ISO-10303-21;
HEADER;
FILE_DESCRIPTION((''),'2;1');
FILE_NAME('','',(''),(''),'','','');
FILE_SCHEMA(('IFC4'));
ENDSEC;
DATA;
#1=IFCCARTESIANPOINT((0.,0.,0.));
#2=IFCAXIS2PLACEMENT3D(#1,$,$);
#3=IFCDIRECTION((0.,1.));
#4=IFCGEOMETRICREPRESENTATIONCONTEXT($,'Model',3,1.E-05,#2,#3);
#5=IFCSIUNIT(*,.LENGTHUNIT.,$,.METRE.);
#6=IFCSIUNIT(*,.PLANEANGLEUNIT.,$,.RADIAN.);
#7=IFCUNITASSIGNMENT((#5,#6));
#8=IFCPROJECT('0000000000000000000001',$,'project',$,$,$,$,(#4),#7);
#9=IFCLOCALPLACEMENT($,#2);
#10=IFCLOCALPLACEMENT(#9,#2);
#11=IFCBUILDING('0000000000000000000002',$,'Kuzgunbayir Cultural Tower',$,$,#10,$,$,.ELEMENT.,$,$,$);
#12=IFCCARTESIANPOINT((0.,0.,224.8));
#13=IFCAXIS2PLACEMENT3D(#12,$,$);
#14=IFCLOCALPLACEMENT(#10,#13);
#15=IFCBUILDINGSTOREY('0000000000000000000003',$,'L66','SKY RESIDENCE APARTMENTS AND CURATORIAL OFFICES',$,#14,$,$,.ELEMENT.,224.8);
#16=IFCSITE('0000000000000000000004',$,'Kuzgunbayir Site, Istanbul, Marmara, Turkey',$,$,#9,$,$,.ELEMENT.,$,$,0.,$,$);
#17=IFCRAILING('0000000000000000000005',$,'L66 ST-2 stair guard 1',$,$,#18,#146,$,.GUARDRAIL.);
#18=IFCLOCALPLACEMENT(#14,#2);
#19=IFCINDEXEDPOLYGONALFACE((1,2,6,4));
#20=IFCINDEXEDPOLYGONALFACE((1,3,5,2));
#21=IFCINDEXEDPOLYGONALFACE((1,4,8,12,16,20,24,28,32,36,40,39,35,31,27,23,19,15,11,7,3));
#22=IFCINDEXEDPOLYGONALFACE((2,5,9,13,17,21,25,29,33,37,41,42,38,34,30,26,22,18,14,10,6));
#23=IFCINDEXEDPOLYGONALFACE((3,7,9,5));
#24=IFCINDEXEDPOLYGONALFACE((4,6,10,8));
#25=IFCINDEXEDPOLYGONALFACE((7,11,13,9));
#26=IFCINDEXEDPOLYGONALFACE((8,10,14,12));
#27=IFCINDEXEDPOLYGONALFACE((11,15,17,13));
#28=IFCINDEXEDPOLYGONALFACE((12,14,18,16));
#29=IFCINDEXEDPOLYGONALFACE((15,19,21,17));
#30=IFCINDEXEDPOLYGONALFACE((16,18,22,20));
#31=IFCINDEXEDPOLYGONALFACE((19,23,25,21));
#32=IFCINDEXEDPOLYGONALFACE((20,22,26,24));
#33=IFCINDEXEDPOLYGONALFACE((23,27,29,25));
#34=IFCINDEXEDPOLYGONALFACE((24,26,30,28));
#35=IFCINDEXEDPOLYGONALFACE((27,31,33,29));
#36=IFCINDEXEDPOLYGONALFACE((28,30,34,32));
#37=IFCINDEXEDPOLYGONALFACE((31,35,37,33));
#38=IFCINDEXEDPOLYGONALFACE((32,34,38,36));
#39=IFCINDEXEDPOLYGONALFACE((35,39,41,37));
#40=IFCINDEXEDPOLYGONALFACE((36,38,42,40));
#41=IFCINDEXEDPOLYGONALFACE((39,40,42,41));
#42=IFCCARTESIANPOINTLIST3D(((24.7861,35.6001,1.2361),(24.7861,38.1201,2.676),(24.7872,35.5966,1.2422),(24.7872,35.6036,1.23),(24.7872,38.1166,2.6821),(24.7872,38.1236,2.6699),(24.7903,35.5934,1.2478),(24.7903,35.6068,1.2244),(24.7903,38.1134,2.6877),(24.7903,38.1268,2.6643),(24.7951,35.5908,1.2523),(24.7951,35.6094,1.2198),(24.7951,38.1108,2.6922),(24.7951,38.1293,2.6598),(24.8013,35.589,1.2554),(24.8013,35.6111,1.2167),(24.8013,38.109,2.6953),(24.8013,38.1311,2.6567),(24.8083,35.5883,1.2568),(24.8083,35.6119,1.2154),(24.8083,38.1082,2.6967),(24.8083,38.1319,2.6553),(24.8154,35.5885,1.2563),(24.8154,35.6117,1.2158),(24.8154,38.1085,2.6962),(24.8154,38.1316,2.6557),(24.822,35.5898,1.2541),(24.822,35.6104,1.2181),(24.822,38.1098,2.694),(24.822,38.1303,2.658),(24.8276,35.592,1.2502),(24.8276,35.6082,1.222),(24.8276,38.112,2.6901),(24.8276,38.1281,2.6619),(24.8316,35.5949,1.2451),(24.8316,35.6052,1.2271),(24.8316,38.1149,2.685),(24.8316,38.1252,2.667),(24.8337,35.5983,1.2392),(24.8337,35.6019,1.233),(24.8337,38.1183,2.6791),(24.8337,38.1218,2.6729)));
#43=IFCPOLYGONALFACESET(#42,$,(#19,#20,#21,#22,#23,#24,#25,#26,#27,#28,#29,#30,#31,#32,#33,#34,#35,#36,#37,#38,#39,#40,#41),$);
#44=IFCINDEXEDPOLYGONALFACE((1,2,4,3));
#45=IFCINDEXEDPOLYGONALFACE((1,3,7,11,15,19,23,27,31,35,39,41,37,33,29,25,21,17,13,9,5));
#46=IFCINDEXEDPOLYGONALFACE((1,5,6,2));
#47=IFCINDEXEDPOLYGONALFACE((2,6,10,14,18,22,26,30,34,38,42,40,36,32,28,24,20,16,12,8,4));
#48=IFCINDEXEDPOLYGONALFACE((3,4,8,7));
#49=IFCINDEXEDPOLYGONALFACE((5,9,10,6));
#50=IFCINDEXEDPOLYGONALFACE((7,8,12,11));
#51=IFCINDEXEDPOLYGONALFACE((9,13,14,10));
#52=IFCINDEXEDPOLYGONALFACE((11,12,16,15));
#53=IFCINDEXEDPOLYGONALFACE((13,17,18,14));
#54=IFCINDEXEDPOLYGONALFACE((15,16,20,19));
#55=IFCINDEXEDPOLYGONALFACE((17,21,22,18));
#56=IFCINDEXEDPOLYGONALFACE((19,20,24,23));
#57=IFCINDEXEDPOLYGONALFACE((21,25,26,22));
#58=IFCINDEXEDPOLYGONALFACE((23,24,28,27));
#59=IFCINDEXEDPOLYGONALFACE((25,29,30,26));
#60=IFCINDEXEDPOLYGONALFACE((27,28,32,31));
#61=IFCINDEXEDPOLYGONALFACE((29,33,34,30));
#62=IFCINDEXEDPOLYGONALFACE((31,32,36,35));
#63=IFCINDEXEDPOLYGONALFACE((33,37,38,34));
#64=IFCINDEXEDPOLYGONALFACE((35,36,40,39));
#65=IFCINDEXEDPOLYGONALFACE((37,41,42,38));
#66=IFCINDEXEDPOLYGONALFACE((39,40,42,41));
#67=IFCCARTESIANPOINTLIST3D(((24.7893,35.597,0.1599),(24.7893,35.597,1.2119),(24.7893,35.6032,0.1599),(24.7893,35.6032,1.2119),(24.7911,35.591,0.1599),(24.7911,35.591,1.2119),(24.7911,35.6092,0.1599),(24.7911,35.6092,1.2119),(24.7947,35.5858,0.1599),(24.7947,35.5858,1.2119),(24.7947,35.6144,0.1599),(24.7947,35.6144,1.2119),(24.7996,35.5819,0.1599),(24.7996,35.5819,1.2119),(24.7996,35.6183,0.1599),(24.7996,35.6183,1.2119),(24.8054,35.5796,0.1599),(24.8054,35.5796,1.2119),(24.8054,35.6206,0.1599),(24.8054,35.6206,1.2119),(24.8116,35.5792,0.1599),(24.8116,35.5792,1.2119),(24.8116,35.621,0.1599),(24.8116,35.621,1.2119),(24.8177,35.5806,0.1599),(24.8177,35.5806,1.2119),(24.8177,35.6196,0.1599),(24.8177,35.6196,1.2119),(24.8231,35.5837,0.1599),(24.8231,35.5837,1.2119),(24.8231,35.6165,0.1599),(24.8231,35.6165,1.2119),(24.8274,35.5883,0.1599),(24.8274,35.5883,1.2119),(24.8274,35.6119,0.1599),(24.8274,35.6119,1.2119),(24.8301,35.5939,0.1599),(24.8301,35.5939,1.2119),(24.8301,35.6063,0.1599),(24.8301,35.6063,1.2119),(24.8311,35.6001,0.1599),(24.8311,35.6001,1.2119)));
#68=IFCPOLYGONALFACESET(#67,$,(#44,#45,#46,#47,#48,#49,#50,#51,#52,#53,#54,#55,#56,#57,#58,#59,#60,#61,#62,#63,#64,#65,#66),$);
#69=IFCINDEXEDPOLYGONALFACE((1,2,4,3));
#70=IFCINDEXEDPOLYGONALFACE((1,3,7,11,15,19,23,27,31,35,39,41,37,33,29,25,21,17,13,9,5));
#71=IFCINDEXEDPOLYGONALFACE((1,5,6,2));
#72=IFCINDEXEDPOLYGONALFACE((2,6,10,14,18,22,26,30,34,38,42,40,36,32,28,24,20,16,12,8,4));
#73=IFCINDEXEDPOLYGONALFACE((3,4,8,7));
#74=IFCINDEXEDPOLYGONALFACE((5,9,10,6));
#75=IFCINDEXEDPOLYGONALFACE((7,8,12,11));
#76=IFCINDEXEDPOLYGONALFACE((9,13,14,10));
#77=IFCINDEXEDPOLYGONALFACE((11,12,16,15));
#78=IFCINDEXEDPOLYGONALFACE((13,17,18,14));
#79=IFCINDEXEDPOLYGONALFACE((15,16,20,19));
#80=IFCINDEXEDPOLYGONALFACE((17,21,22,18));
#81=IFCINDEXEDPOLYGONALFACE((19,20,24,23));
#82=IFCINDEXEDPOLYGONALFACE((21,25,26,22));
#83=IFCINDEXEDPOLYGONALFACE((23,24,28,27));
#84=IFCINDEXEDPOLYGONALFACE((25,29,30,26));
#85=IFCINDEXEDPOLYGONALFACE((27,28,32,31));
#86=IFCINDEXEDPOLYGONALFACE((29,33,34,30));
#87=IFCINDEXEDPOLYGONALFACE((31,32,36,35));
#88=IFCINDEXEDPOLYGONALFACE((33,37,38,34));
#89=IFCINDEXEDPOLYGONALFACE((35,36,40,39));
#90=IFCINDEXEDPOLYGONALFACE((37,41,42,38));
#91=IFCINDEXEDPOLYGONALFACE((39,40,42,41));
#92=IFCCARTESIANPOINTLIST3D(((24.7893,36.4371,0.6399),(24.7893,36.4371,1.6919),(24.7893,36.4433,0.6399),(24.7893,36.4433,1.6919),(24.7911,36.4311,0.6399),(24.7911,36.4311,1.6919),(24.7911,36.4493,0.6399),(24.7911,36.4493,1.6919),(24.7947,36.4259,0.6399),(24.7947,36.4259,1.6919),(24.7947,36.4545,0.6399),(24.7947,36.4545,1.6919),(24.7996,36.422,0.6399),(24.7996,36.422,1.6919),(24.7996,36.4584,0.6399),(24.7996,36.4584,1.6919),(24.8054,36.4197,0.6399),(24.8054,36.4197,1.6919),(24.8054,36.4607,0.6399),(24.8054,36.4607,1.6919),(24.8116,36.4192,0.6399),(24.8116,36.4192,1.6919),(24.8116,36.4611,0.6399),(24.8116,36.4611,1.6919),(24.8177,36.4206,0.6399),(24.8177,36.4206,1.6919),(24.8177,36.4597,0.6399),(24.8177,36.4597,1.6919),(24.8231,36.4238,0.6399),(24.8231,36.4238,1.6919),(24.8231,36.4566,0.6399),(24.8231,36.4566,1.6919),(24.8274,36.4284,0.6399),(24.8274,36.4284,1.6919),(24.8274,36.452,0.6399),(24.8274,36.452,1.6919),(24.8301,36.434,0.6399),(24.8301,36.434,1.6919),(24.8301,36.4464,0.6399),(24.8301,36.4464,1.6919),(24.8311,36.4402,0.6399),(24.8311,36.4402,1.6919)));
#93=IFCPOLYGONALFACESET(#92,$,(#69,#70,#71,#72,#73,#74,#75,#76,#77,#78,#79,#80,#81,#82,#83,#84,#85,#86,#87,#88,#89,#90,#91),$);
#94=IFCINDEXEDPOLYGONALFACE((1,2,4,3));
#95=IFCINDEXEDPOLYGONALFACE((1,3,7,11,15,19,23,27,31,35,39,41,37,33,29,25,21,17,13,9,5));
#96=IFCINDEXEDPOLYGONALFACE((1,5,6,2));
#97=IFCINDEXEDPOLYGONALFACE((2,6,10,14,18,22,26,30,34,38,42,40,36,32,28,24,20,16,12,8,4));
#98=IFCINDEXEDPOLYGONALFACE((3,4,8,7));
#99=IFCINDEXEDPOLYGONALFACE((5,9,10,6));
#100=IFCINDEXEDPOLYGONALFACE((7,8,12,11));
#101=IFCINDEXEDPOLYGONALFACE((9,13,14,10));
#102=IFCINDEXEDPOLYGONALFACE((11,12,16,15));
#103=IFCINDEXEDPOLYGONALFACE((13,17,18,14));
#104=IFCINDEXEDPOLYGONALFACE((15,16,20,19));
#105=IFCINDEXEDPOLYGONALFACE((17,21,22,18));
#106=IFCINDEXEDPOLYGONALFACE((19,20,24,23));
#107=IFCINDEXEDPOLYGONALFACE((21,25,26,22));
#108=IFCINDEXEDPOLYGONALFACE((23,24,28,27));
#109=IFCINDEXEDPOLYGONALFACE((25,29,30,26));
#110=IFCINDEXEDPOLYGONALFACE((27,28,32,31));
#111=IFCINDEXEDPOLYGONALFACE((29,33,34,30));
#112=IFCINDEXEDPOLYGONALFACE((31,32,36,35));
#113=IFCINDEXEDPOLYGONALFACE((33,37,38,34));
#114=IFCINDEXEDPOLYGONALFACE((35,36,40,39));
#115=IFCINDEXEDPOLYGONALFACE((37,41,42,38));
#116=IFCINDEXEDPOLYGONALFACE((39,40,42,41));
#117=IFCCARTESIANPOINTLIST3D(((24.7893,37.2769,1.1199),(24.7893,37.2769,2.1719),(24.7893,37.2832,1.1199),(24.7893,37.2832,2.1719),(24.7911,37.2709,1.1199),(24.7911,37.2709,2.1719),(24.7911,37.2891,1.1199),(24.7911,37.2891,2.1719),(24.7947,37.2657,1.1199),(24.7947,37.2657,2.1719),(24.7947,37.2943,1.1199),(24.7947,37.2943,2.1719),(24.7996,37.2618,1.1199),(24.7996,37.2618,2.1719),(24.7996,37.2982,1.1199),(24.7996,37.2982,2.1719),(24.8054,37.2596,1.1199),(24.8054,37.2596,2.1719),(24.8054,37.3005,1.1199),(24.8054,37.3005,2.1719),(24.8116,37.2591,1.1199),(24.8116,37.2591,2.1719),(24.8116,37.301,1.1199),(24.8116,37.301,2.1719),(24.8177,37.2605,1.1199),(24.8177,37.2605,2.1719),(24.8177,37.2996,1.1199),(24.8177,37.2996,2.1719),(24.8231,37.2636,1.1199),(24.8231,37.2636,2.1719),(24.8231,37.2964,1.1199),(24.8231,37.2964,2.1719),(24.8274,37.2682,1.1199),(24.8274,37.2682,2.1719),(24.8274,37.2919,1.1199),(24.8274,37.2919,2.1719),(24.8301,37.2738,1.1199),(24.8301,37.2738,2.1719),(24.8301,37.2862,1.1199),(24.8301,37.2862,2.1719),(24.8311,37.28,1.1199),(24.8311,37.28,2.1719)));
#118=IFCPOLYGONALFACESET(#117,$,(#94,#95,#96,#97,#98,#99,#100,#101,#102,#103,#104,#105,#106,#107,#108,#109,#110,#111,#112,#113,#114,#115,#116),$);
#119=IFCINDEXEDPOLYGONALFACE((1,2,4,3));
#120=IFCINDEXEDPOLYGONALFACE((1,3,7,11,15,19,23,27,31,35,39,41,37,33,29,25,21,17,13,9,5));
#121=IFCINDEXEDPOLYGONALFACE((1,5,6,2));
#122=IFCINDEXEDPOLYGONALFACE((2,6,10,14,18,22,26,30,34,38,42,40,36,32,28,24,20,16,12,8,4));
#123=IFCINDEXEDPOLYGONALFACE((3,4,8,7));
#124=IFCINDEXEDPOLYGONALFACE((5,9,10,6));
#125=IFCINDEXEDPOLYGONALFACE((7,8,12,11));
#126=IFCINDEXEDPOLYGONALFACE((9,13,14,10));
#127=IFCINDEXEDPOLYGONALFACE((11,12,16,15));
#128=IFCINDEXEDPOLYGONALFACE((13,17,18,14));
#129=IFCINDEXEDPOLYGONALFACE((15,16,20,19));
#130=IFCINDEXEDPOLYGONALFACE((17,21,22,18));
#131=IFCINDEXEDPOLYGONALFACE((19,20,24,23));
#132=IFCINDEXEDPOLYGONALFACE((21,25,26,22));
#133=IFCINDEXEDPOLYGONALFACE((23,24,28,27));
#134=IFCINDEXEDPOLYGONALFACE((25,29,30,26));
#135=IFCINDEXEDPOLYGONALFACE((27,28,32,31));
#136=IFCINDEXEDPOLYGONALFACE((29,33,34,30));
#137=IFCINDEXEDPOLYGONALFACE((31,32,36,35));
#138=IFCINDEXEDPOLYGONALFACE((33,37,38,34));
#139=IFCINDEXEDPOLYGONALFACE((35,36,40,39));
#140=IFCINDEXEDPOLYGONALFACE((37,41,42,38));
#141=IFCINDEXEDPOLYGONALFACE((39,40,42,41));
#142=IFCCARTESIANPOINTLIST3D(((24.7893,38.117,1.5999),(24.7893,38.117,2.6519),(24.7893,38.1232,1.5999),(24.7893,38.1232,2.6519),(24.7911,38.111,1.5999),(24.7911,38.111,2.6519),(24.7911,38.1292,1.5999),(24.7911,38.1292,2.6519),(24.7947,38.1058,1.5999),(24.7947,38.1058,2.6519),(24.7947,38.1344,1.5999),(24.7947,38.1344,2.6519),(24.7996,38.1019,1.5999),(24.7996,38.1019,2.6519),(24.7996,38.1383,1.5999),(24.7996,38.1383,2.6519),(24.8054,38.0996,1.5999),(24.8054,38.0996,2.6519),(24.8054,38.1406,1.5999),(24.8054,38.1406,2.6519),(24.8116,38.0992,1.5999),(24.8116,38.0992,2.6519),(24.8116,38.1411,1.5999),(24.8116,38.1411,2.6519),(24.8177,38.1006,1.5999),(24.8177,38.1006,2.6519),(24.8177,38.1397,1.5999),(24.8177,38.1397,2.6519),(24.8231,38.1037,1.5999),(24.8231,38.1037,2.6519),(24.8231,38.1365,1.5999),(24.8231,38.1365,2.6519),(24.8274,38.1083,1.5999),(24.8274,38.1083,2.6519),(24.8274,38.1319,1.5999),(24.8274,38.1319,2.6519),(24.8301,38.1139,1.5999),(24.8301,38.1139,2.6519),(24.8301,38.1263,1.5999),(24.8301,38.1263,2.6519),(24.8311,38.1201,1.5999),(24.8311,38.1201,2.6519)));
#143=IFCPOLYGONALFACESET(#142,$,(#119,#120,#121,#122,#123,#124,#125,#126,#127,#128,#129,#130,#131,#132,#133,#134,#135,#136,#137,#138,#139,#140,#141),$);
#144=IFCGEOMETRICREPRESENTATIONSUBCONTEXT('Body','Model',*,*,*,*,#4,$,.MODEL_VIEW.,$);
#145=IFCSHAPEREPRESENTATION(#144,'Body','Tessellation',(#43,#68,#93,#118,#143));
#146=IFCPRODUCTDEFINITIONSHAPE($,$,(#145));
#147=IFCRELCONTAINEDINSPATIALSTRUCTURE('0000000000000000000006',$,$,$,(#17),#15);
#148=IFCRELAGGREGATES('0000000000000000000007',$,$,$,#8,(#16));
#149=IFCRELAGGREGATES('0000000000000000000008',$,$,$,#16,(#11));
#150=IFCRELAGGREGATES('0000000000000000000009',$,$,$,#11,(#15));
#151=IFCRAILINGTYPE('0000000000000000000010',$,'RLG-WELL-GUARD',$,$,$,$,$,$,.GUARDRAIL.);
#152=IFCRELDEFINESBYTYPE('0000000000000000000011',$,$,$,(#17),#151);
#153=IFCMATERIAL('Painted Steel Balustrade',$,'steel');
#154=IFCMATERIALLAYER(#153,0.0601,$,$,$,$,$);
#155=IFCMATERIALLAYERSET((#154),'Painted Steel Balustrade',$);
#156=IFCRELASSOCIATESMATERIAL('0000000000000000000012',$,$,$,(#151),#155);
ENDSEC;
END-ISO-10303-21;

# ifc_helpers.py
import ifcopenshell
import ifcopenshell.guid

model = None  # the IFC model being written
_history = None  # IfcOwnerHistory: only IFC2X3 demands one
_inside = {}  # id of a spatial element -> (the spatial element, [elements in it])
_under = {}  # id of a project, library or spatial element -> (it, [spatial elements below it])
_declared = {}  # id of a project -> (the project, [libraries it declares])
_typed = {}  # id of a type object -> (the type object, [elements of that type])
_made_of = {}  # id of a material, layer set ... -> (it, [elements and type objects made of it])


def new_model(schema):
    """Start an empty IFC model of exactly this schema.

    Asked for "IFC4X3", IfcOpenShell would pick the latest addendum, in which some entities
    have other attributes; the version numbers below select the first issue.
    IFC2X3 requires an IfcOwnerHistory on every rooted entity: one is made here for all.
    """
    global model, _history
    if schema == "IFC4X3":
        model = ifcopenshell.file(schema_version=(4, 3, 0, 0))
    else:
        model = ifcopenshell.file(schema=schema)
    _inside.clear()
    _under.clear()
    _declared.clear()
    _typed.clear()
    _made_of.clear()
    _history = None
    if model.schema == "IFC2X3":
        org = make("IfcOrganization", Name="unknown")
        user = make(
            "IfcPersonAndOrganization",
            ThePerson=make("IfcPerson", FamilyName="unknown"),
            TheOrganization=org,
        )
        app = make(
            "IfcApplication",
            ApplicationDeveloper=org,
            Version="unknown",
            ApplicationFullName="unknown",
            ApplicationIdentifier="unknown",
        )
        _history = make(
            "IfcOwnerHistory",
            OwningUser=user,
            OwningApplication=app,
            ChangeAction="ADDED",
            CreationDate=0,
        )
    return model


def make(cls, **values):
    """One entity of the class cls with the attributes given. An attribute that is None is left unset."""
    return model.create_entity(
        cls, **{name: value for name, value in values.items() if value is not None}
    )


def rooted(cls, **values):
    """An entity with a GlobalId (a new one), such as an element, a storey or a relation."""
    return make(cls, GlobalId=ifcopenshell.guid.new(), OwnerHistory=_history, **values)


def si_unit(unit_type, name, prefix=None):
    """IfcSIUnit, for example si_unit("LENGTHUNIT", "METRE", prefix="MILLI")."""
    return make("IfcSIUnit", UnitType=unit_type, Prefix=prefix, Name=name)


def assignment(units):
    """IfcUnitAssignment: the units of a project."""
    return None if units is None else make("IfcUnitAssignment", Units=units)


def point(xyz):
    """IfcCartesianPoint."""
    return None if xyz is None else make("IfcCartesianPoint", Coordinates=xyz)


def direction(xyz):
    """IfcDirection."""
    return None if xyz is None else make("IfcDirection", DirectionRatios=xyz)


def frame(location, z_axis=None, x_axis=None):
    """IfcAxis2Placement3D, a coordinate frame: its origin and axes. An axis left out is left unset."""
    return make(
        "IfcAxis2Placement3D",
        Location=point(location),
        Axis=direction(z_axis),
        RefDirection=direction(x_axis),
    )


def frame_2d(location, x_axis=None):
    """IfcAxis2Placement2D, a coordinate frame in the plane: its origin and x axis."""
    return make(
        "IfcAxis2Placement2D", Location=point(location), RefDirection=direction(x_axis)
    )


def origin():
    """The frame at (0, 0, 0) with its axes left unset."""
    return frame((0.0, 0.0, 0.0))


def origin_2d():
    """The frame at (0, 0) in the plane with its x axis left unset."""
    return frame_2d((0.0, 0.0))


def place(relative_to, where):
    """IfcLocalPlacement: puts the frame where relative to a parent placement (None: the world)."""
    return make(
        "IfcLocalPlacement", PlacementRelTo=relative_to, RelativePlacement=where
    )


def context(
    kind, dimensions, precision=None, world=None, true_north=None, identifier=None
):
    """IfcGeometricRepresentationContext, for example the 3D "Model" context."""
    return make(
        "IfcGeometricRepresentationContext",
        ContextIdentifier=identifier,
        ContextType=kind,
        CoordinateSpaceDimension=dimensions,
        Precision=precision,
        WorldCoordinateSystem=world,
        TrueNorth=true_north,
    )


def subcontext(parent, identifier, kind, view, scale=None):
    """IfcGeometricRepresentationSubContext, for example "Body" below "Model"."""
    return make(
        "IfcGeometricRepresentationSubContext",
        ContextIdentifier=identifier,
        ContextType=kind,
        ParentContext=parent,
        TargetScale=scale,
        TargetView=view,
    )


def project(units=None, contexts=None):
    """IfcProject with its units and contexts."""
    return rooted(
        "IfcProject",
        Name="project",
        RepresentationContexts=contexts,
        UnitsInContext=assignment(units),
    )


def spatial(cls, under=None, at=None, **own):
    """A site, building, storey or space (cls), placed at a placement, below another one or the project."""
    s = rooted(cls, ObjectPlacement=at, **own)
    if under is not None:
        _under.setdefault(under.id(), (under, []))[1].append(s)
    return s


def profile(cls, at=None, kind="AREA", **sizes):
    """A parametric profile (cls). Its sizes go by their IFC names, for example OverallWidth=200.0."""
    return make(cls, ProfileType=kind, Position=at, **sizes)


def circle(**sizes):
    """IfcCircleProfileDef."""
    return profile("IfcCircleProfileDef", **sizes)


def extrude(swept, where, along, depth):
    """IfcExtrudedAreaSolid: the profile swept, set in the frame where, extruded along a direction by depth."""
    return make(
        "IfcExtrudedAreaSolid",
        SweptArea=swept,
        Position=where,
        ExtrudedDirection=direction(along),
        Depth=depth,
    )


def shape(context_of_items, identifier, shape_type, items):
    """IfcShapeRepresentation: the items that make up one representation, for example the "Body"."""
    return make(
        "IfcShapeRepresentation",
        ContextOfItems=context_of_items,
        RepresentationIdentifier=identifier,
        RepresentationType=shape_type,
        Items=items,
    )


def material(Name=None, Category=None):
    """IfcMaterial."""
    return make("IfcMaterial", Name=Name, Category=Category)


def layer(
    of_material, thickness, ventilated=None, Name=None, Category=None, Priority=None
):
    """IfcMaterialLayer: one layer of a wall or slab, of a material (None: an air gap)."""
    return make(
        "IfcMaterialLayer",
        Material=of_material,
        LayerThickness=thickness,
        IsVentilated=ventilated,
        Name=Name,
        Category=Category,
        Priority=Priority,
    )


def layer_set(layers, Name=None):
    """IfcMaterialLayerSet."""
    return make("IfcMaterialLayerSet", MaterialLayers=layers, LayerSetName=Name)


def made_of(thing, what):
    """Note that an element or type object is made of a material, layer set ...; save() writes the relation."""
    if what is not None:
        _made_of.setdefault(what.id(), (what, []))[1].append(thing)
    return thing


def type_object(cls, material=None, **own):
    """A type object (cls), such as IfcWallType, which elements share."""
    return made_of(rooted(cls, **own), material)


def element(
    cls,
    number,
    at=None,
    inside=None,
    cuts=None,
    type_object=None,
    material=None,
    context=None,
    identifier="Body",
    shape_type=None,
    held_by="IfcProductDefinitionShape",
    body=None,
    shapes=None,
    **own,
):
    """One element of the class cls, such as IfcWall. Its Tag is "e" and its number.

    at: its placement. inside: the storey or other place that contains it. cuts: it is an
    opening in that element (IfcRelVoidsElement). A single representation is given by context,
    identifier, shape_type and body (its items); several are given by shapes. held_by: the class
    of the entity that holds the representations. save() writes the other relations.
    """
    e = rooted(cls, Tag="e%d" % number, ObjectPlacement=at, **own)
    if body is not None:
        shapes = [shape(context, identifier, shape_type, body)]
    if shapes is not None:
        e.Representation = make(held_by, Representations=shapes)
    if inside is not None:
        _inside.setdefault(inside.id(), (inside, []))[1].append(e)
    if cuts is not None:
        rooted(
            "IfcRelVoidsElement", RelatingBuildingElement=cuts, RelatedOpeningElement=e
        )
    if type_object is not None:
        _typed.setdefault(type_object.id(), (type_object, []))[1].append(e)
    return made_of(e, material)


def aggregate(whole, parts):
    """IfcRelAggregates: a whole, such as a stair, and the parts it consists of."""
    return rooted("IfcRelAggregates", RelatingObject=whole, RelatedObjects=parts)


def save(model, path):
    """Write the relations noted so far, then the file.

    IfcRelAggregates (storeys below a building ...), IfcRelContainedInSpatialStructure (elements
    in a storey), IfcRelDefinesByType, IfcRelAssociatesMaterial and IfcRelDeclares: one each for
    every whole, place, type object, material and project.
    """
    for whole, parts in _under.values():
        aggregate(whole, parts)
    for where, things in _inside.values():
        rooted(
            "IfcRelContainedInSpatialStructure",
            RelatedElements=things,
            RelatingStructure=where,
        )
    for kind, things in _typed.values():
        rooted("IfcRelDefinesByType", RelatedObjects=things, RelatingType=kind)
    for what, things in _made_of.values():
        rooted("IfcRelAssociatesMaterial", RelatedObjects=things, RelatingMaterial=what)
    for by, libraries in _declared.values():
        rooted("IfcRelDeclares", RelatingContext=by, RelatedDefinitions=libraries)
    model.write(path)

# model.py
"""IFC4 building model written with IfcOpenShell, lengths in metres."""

from ifc_helpers import new_model, si_unit, direction, frame, origin, origin_2d, place, context, subcontext, project, spatial, circle, extrude, material, layer, layer_set, type_object, element, save


model = new_model("IFC4")

# Units and contexts
model_context = context("Model", 3, precision=1e-05, world=origin(), true_north=direction((0.0, 1.0)))
body_context = subcontext(model_context, "Body", "Model", "MODEL_VIEW")
ifc_project = project(units=[si_unit("LENGTHUNIT", "METRE"), si_unit("PLANEANGLEUNIT", "RADIAN")], contexts=[model_context])

# Site, building, storey
site_placement = place(None, origin())
site = spatial("IfcSite", under=ifc_project, at=site_placement, Name="Kuzgunbayir Site, Istanbul, Marmara, Turkey", CompositionType="ELEMENT", RefElevation=0.0)
building_placement = place(site_placement, origin())
building = spatial("IfcBuilding", under=site, at=building_placement, Name="Kuzgunbayir Cultural Tower", CompositionType="ELEMENT")
storey_placement = place(building_placement, frame((0.0, 0.0, 224.8)))
storey = spatial("IfcBuildingStorey", under=building, at=storey_placement, Name="L66", Description="SKY RESIDENCE APARTMENTS AND CURATORIAL OFFICES", CompositionType="ELEMENT", Elevation=224.8)

# Railing
ifc_material_1 = material(Name="Painted Steel Balustrade", Category="steel")
ifc_layer_1 = layer(ifc_material_1, 0.0601)
ifc_layer_set_1 = layer_set([ifc_layer_1], Name="Painted Steel Balustrade")
railing_type_1 = type_object("IfcRailingType", Name="RLG-WELL-GUARD", PredefinedType="GUARDRAIL", material=ifc_layer_set_1)
railing_1_placement = place(storey_placement, frame((24.8101, 35.6001, 0.1599)))
element("IfcRailing", 1, at=railing_1_placement, inside=storey, type_object=railing_type_1, Name="L66 ST-2 stair guard 1", PredefinedType="GUARDRAIL", context=body_context, shape_type="SweptSolid", body=[
    extrude(circle(Radius=0.0239, at=origin_2d()), frame((0.0, 0.0, 1.0762), z_axis=(0.0, 0.868253, 0.496121), x_axis=(-1.0, 0.0, 0.0)), (0.0, 0.0, 1.0), 2.9023),
    extrude(circle(Radius=0.021, at=origin_2d()), origin(), (0.0, 0.0, 1.0), 1.052),
    extrude(circle(Radius=0.021, at=origin_2d()), frame((0.0, 0.8401, 0.48)), (0.0, 0.0, 1.0), 1.052),
    extrude(circle(Radius=0.021, at=origin_2d()), frame((0.0, 1.6799, 0.96)), (0.0, 0.0, 1.0), 1.052),
    extrude(circle(Radius=0.021, at=origin_2d()), frame((0.0, 2.52, 1.4399)), (0.0, 0.0, 1.0), 1.052),
])

save(model, "model.ifc")
